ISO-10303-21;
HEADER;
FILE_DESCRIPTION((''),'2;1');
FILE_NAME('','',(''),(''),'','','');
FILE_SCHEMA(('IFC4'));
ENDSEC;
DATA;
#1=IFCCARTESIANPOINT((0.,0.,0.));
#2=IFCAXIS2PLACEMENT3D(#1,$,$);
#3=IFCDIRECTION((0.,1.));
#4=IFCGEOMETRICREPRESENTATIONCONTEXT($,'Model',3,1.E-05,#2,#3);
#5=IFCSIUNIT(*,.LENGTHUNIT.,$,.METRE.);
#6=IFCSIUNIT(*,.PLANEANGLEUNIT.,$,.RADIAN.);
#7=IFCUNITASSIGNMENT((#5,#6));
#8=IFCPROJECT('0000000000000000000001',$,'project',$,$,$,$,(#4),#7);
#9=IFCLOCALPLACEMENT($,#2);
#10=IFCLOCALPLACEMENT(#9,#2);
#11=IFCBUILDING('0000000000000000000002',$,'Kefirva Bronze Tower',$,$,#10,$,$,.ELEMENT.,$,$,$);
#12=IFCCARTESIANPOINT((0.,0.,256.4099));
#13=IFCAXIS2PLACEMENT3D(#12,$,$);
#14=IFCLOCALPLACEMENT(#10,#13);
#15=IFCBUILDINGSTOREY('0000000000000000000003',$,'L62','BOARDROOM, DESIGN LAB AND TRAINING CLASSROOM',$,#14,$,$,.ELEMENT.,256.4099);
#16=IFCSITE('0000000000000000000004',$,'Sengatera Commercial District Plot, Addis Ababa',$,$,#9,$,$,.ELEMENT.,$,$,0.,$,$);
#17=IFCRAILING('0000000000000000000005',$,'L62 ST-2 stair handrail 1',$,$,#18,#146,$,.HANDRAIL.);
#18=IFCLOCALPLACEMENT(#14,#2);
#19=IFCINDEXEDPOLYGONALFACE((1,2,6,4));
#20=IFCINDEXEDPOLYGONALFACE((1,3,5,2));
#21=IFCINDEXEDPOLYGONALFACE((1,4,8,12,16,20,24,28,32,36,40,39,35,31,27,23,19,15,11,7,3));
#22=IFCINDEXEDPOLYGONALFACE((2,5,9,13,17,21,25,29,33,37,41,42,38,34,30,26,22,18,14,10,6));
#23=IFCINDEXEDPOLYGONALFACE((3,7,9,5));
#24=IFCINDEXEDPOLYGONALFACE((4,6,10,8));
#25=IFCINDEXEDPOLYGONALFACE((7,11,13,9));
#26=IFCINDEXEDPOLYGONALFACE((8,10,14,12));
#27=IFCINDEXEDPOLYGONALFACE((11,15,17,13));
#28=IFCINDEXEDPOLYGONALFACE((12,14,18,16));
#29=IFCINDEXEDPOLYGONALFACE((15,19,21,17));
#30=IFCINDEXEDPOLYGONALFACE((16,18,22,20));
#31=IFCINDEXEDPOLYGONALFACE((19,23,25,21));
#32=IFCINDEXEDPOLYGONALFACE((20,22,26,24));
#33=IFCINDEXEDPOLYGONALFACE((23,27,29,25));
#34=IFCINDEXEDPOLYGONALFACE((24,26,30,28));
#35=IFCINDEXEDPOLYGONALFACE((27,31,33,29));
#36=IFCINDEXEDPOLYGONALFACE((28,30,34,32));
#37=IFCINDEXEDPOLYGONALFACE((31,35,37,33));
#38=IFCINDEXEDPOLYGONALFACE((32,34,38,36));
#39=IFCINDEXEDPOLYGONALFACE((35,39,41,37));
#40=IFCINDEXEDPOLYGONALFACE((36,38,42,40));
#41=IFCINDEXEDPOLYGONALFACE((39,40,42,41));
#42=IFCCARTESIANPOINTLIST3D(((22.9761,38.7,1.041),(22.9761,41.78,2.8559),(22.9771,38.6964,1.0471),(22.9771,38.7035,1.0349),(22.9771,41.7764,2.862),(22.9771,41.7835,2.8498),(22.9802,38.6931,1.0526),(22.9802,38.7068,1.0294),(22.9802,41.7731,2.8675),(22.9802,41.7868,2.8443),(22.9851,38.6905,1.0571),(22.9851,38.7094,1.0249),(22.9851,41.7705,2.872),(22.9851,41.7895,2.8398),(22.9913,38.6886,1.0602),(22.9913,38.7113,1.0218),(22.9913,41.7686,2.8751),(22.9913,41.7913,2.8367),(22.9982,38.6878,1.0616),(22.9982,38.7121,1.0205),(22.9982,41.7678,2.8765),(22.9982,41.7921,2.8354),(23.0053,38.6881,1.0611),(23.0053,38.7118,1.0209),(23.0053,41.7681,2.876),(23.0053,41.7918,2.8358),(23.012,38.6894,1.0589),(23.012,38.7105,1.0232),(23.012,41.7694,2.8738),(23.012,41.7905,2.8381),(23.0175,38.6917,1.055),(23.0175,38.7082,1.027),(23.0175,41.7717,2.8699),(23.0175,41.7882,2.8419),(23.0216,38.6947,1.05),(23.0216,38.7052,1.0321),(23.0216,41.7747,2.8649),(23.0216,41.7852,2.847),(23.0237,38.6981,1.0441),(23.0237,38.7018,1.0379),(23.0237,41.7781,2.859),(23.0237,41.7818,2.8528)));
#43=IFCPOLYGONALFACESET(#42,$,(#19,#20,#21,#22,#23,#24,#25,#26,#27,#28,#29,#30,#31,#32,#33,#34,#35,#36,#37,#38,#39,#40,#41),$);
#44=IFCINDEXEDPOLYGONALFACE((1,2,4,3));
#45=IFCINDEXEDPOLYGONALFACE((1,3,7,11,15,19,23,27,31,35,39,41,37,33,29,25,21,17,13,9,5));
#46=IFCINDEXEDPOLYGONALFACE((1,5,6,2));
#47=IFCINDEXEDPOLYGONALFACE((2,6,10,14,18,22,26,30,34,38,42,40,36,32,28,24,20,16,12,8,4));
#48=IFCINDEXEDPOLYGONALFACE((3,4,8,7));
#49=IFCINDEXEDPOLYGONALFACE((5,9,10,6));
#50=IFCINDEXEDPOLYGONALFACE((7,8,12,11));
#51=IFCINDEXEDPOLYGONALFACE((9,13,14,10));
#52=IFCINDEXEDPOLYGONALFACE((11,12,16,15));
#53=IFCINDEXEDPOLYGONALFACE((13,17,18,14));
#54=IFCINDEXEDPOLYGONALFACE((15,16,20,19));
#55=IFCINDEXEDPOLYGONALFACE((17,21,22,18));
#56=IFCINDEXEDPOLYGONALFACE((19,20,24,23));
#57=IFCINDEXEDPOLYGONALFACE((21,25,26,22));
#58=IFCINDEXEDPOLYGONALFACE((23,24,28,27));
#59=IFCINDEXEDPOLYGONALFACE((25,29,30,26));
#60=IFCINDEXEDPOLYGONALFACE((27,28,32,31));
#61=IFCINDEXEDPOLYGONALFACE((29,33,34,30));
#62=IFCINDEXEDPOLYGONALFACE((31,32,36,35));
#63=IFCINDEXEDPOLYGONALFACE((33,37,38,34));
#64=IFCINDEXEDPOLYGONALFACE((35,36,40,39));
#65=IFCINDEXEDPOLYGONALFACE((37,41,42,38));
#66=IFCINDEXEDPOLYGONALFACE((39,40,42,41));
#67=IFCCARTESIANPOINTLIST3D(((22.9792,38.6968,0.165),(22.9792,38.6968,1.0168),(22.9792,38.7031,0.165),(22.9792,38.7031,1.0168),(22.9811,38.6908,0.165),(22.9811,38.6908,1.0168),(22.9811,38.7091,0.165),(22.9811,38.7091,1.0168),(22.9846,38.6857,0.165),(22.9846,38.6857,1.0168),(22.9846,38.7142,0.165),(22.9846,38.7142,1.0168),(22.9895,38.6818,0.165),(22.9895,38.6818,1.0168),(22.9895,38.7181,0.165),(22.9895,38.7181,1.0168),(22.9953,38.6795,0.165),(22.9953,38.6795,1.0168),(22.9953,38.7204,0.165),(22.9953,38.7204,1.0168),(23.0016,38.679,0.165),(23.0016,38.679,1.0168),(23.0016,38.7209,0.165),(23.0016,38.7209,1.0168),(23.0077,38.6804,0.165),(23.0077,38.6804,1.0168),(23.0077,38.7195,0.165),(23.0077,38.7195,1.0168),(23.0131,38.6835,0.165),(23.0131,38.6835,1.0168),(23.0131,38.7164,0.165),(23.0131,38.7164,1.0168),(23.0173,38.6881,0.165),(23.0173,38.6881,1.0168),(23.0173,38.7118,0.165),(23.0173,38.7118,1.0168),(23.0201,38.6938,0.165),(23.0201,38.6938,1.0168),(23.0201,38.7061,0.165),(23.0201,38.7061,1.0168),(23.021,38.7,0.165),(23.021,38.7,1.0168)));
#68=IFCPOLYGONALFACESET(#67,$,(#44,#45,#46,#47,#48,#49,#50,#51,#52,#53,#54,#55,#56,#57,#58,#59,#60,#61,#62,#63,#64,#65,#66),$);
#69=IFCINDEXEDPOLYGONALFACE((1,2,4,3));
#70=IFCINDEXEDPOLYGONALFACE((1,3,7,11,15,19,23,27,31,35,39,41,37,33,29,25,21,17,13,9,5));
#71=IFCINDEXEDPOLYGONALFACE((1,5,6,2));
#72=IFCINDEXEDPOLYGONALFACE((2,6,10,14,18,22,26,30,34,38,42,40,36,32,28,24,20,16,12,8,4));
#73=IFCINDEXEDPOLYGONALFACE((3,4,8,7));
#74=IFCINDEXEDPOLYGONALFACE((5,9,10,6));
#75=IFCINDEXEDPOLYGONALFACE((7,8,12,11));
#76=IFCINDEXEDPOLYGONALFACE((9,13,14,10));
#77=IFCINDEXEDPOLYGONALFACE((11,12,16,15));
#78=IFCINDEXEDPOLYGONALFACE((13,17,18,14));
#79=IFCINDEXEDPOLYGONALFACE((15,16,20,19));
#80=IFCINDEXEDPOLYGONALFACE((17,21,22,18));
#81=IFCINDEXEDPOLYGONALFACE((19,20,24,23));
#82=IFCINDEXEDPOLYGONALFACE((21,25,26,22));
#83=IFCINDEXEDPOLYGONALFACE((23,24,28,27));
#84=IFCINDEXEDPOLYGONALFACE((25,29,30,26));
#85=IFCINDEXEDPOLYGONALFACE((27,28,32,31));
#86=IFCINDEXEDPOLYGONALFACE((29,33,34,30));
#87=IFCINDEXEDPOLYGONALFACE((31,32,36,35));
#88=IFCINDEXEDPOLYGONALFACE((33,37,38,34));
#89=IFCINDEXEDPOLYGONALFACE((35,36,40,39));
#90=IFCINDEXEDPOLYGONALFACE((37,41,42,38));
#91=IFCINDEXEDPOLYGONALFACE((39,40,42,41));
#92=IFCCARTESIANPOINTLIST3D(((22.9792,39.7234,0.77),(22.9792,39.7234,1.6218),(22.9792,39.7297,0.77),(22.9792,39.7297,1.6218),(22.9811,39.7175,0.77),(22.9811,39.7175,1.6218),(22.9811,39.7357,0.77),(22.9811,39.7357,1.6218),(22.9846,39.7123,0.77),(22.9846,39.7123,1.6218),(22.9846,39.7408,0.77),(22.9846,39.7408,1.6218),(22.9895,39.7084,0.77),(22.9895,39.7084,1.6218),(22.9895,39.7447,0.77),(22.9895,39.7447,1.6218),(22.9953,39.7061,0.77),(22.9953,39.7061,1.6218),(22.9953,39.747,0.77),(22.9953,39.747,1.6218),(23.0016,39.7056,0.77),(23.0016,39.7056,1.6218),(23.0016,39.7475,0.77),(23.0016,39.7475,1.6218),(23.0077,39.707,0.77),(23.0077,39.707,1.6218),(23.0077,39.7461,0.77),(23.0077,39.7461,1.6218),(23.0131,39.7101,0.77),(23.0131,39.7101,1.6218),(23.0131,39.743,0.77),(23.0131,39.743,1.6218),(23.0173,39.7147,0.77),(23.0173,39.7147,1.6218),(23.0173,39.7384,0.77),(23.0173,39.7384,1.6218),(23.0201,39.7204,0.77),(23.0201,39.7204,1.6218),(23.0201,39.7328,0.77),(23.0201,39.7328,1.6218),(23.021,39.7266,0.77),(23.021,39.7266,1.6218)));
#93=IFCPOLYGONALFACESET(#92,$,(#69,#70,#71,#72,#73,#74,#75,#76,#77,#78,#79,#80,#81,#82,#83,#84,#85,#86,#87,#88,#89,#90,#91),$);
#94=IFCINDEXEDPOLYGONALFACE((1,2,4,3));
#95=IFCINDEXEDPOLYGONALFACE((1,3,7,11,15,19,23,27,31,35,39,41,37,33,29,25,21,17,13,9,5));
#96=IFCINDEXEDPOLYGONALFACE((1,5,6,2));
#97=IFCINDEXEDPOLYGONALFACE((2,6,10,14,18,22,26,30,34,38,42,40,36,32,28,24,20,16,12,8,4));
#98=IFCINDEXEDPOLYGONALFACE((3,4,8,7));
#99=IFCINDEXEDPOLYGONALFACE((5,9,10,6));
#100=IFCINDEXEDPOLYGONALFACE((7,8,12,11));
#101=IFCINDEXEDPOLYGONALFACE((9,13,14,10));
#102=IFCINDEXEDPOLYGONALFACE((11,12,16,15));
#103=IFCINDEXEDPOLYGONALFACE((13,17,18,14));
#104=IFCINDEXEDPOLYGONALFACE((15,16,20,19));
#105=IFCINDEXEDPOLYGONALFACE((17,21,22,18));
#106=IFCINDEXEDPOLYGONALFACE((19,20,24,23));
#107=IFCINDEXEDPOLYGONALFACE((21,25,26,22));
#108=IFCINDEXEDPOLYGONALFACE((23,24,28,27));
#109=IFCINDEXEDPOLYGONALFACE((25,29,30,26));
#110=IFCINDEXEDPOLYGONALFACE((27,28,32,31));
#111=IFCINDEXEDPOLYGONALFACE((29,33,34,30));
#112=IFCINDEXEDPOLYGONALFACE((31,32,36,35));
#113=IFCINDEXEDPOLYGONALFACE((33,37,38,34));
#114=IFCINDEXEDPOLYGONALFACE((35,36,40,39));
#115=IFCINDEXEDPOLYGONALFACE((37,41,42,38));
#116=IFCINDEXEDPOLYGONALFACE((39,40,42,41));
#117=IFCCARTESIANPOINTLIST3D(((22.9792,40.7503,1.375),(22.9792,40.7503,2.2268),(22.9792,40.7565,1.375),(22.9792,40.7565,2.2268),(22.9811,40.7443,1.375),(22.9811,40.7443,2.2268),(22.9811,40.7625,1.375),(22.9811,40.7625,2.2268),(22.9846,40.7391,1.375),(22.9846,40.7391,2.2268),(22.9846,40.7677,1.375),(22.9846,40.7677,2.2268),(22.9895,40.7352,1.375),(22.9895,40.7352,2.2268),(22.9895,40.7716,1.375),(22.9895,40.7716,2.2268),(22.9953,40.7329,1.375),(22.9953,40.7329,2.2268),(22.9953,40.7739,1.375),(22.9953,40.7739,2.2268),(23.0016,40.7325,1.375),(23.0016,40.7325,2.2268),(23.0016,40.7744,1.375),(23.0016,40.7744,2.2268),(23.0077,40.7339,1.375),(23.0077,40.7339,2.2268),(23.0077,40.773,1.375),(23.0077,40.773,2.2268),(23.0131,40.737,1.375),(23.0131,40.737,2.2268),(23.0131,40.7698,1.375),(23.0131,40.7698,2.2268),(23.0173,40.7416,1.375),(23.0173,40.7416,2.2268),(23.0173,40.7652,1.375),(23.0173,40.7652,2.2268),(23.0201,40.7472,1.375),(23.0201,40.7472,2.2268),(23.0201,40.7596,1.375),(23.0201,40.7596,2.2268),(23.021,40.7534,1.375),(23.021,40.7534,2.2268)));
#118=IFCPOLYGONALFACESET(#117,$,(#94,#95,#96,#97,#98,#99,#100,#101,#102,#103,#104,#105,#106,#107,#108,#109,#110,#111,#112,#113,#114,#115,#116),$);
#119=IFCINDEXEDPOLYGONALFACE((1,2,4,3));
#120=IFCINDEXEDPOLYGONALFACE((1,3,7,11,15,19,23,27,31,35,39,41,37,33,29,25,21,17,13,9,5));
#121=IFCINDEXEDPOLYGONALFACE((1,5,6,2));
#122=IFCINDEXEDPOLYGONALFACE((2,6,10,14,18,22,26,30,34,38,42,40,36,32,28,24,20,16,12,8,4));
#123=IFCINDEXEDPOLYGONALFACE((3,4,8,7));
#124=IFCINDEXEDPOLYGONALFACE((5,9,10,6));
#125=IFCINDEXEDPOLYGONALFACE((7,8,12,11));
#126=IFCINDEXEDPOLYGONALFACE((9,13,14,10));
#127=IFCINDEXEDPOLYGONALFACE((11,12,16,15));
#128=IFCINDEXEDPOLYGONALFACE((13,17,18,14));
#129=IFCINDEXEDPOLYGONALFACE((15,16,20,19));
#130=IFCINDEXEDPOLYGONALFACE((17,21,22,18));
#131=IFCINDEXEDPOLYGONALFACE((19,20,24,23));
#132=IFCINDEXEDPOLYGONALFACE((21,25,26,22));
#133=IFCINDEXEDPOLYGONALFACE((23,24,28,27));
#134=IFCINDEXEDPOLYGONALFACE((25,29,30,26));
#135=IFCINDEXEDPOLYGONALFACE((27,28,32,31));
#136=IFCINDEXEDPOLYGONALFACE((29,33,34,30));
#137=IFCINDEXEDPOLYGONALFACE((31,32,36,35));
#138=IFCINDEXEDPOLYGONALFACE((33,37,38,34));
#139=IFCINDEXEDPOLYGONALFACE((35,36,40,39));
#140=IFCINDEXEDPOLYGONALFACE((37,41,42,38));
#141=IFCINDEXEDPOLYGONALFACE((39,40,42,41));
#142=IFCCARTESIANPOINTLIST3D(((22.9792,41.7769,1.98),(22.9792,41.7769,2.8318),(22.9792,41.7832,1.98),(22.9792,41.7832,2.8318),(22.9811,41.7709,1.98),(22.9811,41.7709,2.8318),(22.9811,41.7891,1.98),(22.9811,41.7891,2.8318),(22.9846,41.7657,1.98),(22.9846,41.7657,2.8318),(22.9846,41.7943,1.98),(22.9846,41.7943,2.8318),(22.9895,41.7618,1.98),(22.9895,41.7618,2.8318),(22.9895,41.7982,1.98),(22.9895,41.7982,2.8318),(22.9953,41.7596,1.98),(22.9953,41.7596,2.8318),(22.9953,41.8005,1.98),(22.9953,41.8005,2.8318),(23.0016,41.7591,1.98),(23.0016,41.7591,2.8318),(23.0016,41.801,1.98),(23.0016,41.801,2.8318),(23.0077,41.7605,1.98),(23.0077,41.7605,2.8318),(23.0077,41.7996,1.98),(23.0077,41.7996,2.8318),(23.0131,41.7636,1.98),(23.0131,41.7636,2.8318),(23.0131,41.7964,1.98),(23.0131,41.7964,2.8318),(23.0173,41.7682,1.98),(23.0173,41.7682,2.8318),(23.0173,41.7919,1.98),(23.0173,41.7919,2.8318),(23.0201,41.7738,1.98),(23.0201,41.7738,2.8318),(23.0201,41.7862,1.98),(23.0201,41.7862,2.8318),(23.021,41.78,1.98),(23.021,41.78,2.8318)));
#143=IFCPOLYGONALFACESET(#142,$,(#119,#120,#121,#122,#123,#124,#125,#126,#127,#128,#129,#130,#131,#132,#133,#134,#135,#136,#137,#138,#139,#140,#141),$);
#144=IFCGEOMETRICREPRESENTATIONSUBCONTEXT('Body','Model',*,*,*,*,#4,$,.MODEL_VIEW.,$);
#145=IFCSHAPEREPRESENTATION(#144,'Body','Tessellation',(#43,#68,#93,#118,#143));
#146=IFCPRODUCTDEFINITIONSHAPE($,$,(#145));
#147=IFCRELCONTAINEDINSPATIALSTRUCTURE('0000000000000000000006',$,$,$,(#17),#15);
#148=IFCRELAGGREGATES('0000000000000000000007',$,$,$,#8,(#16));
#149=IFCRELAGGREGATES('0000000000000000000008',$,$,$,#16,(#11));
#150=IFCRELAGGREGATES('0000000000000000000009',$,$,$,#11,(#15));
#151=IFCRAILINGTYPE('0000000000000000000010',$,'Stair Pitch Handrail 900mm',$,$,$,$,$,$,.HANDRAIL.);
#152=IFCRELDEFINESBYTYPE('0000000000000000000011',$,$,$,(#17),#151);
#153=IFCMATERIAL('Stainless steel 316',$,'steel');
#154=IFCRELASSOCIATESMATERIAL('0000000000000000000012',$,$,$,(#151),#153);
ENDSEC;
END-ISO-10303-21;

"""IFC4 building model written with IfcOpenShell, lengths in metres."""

from ifc_helpers import new_model, si_unit, direction, frame, origin, origin_2d, place, context, subcontext, project, spatial, circle, extrude, material, type_object, element, save


model = new_model("IFC4")

# Units and contexts
model_context = context("Model", 3, precision=1e-05, world=origin(), true_north=direction((0.0, 1.0)))
body_context = subcontext(model_context, "Body", "Model", "MODEL_VIEW")
ifc_project = project(units=[si_unit("LENGTHUNIT", "METRE"), si_unit("PLANEANGLEUNIT", "RADIAN")], contexts=[model_context])

# Site, building, storey
site_placement = place(None, origin())
site = spatial("IfcSite", under=ifc_project, at=site_placement, Name="Sengatera Commercial District Plot, Addis Ababa", CompositionType="ELEMENT", RefElevation=0.0)
building_placement = place(site_placement, origin())
building = spatial("IfcBuilding", under=site, at=building_placement, Name="Kefirva Bronze Tower", CompositionType="ELEMENT")
storey_placement = place(building_placement, frame((0.0, 0.0, 256.4099)))
storey = spatial("IfcBuildingStorey", under=building, at=storey_placement, Name="L62", Description="BOARDROOM, DESIGN LAB AND TRAINING CLASSROOM", CompositionType="ELEMENT", Elevation=256.4099)

# Railing
ifc_material_1 = material(Name="Stainless steel 316", Category="steel")
railing_type_1 = type_object("IfcRailingType", Name="Stair Pitch Handrail 900mm", PredefinedType="HANDRAIL", material=ifc_material_1)
railing_1_placement = place(storey_placement, frame((23.0, 38.7, 0.165)))
element("IfcRailing", 1, at=railing_1_placement, inside=storey, type_object=railing_type_1, Name="L62 ST-2 stair handrail 1", PredefinedType="HANDRAIL", context=body_context, shape_type="SweptSolid", body=[
    extrude(circle(Radius=0.0239, at=origin_2d()), frame((0.0, 0.0, 0.876), z_axis=(0.0, 0.861551, 0.507671), x_axis=(-1.0, 0.0, 0.0)), (0.0, 0.0, 1.0), 3.575),
    extrude(circle(Radius=0.021, at=origin_2d()), origin(), (0.0, 0.0, 1.0), 0.8518),
    extrude(circle(Radius=0.021, at=origin_2d()), frame((0.0, 1.0266, 0.605)), (0.0, 0.0, 1.0), 0.8518),
    extrude(circle(Radius=0.021, at=origin_2d()), frame((0.0, 2.0535, 1.21)), (0.0, 0.0, 1.0), 0.8518),
    extrude(circle(Radius=0.021, at=origin_2d()), frame((0.0, 3.0801, 1.8149)), (0.0, 0.0, 1.0), 0.8518),
])

save(model, "model.ifc")
